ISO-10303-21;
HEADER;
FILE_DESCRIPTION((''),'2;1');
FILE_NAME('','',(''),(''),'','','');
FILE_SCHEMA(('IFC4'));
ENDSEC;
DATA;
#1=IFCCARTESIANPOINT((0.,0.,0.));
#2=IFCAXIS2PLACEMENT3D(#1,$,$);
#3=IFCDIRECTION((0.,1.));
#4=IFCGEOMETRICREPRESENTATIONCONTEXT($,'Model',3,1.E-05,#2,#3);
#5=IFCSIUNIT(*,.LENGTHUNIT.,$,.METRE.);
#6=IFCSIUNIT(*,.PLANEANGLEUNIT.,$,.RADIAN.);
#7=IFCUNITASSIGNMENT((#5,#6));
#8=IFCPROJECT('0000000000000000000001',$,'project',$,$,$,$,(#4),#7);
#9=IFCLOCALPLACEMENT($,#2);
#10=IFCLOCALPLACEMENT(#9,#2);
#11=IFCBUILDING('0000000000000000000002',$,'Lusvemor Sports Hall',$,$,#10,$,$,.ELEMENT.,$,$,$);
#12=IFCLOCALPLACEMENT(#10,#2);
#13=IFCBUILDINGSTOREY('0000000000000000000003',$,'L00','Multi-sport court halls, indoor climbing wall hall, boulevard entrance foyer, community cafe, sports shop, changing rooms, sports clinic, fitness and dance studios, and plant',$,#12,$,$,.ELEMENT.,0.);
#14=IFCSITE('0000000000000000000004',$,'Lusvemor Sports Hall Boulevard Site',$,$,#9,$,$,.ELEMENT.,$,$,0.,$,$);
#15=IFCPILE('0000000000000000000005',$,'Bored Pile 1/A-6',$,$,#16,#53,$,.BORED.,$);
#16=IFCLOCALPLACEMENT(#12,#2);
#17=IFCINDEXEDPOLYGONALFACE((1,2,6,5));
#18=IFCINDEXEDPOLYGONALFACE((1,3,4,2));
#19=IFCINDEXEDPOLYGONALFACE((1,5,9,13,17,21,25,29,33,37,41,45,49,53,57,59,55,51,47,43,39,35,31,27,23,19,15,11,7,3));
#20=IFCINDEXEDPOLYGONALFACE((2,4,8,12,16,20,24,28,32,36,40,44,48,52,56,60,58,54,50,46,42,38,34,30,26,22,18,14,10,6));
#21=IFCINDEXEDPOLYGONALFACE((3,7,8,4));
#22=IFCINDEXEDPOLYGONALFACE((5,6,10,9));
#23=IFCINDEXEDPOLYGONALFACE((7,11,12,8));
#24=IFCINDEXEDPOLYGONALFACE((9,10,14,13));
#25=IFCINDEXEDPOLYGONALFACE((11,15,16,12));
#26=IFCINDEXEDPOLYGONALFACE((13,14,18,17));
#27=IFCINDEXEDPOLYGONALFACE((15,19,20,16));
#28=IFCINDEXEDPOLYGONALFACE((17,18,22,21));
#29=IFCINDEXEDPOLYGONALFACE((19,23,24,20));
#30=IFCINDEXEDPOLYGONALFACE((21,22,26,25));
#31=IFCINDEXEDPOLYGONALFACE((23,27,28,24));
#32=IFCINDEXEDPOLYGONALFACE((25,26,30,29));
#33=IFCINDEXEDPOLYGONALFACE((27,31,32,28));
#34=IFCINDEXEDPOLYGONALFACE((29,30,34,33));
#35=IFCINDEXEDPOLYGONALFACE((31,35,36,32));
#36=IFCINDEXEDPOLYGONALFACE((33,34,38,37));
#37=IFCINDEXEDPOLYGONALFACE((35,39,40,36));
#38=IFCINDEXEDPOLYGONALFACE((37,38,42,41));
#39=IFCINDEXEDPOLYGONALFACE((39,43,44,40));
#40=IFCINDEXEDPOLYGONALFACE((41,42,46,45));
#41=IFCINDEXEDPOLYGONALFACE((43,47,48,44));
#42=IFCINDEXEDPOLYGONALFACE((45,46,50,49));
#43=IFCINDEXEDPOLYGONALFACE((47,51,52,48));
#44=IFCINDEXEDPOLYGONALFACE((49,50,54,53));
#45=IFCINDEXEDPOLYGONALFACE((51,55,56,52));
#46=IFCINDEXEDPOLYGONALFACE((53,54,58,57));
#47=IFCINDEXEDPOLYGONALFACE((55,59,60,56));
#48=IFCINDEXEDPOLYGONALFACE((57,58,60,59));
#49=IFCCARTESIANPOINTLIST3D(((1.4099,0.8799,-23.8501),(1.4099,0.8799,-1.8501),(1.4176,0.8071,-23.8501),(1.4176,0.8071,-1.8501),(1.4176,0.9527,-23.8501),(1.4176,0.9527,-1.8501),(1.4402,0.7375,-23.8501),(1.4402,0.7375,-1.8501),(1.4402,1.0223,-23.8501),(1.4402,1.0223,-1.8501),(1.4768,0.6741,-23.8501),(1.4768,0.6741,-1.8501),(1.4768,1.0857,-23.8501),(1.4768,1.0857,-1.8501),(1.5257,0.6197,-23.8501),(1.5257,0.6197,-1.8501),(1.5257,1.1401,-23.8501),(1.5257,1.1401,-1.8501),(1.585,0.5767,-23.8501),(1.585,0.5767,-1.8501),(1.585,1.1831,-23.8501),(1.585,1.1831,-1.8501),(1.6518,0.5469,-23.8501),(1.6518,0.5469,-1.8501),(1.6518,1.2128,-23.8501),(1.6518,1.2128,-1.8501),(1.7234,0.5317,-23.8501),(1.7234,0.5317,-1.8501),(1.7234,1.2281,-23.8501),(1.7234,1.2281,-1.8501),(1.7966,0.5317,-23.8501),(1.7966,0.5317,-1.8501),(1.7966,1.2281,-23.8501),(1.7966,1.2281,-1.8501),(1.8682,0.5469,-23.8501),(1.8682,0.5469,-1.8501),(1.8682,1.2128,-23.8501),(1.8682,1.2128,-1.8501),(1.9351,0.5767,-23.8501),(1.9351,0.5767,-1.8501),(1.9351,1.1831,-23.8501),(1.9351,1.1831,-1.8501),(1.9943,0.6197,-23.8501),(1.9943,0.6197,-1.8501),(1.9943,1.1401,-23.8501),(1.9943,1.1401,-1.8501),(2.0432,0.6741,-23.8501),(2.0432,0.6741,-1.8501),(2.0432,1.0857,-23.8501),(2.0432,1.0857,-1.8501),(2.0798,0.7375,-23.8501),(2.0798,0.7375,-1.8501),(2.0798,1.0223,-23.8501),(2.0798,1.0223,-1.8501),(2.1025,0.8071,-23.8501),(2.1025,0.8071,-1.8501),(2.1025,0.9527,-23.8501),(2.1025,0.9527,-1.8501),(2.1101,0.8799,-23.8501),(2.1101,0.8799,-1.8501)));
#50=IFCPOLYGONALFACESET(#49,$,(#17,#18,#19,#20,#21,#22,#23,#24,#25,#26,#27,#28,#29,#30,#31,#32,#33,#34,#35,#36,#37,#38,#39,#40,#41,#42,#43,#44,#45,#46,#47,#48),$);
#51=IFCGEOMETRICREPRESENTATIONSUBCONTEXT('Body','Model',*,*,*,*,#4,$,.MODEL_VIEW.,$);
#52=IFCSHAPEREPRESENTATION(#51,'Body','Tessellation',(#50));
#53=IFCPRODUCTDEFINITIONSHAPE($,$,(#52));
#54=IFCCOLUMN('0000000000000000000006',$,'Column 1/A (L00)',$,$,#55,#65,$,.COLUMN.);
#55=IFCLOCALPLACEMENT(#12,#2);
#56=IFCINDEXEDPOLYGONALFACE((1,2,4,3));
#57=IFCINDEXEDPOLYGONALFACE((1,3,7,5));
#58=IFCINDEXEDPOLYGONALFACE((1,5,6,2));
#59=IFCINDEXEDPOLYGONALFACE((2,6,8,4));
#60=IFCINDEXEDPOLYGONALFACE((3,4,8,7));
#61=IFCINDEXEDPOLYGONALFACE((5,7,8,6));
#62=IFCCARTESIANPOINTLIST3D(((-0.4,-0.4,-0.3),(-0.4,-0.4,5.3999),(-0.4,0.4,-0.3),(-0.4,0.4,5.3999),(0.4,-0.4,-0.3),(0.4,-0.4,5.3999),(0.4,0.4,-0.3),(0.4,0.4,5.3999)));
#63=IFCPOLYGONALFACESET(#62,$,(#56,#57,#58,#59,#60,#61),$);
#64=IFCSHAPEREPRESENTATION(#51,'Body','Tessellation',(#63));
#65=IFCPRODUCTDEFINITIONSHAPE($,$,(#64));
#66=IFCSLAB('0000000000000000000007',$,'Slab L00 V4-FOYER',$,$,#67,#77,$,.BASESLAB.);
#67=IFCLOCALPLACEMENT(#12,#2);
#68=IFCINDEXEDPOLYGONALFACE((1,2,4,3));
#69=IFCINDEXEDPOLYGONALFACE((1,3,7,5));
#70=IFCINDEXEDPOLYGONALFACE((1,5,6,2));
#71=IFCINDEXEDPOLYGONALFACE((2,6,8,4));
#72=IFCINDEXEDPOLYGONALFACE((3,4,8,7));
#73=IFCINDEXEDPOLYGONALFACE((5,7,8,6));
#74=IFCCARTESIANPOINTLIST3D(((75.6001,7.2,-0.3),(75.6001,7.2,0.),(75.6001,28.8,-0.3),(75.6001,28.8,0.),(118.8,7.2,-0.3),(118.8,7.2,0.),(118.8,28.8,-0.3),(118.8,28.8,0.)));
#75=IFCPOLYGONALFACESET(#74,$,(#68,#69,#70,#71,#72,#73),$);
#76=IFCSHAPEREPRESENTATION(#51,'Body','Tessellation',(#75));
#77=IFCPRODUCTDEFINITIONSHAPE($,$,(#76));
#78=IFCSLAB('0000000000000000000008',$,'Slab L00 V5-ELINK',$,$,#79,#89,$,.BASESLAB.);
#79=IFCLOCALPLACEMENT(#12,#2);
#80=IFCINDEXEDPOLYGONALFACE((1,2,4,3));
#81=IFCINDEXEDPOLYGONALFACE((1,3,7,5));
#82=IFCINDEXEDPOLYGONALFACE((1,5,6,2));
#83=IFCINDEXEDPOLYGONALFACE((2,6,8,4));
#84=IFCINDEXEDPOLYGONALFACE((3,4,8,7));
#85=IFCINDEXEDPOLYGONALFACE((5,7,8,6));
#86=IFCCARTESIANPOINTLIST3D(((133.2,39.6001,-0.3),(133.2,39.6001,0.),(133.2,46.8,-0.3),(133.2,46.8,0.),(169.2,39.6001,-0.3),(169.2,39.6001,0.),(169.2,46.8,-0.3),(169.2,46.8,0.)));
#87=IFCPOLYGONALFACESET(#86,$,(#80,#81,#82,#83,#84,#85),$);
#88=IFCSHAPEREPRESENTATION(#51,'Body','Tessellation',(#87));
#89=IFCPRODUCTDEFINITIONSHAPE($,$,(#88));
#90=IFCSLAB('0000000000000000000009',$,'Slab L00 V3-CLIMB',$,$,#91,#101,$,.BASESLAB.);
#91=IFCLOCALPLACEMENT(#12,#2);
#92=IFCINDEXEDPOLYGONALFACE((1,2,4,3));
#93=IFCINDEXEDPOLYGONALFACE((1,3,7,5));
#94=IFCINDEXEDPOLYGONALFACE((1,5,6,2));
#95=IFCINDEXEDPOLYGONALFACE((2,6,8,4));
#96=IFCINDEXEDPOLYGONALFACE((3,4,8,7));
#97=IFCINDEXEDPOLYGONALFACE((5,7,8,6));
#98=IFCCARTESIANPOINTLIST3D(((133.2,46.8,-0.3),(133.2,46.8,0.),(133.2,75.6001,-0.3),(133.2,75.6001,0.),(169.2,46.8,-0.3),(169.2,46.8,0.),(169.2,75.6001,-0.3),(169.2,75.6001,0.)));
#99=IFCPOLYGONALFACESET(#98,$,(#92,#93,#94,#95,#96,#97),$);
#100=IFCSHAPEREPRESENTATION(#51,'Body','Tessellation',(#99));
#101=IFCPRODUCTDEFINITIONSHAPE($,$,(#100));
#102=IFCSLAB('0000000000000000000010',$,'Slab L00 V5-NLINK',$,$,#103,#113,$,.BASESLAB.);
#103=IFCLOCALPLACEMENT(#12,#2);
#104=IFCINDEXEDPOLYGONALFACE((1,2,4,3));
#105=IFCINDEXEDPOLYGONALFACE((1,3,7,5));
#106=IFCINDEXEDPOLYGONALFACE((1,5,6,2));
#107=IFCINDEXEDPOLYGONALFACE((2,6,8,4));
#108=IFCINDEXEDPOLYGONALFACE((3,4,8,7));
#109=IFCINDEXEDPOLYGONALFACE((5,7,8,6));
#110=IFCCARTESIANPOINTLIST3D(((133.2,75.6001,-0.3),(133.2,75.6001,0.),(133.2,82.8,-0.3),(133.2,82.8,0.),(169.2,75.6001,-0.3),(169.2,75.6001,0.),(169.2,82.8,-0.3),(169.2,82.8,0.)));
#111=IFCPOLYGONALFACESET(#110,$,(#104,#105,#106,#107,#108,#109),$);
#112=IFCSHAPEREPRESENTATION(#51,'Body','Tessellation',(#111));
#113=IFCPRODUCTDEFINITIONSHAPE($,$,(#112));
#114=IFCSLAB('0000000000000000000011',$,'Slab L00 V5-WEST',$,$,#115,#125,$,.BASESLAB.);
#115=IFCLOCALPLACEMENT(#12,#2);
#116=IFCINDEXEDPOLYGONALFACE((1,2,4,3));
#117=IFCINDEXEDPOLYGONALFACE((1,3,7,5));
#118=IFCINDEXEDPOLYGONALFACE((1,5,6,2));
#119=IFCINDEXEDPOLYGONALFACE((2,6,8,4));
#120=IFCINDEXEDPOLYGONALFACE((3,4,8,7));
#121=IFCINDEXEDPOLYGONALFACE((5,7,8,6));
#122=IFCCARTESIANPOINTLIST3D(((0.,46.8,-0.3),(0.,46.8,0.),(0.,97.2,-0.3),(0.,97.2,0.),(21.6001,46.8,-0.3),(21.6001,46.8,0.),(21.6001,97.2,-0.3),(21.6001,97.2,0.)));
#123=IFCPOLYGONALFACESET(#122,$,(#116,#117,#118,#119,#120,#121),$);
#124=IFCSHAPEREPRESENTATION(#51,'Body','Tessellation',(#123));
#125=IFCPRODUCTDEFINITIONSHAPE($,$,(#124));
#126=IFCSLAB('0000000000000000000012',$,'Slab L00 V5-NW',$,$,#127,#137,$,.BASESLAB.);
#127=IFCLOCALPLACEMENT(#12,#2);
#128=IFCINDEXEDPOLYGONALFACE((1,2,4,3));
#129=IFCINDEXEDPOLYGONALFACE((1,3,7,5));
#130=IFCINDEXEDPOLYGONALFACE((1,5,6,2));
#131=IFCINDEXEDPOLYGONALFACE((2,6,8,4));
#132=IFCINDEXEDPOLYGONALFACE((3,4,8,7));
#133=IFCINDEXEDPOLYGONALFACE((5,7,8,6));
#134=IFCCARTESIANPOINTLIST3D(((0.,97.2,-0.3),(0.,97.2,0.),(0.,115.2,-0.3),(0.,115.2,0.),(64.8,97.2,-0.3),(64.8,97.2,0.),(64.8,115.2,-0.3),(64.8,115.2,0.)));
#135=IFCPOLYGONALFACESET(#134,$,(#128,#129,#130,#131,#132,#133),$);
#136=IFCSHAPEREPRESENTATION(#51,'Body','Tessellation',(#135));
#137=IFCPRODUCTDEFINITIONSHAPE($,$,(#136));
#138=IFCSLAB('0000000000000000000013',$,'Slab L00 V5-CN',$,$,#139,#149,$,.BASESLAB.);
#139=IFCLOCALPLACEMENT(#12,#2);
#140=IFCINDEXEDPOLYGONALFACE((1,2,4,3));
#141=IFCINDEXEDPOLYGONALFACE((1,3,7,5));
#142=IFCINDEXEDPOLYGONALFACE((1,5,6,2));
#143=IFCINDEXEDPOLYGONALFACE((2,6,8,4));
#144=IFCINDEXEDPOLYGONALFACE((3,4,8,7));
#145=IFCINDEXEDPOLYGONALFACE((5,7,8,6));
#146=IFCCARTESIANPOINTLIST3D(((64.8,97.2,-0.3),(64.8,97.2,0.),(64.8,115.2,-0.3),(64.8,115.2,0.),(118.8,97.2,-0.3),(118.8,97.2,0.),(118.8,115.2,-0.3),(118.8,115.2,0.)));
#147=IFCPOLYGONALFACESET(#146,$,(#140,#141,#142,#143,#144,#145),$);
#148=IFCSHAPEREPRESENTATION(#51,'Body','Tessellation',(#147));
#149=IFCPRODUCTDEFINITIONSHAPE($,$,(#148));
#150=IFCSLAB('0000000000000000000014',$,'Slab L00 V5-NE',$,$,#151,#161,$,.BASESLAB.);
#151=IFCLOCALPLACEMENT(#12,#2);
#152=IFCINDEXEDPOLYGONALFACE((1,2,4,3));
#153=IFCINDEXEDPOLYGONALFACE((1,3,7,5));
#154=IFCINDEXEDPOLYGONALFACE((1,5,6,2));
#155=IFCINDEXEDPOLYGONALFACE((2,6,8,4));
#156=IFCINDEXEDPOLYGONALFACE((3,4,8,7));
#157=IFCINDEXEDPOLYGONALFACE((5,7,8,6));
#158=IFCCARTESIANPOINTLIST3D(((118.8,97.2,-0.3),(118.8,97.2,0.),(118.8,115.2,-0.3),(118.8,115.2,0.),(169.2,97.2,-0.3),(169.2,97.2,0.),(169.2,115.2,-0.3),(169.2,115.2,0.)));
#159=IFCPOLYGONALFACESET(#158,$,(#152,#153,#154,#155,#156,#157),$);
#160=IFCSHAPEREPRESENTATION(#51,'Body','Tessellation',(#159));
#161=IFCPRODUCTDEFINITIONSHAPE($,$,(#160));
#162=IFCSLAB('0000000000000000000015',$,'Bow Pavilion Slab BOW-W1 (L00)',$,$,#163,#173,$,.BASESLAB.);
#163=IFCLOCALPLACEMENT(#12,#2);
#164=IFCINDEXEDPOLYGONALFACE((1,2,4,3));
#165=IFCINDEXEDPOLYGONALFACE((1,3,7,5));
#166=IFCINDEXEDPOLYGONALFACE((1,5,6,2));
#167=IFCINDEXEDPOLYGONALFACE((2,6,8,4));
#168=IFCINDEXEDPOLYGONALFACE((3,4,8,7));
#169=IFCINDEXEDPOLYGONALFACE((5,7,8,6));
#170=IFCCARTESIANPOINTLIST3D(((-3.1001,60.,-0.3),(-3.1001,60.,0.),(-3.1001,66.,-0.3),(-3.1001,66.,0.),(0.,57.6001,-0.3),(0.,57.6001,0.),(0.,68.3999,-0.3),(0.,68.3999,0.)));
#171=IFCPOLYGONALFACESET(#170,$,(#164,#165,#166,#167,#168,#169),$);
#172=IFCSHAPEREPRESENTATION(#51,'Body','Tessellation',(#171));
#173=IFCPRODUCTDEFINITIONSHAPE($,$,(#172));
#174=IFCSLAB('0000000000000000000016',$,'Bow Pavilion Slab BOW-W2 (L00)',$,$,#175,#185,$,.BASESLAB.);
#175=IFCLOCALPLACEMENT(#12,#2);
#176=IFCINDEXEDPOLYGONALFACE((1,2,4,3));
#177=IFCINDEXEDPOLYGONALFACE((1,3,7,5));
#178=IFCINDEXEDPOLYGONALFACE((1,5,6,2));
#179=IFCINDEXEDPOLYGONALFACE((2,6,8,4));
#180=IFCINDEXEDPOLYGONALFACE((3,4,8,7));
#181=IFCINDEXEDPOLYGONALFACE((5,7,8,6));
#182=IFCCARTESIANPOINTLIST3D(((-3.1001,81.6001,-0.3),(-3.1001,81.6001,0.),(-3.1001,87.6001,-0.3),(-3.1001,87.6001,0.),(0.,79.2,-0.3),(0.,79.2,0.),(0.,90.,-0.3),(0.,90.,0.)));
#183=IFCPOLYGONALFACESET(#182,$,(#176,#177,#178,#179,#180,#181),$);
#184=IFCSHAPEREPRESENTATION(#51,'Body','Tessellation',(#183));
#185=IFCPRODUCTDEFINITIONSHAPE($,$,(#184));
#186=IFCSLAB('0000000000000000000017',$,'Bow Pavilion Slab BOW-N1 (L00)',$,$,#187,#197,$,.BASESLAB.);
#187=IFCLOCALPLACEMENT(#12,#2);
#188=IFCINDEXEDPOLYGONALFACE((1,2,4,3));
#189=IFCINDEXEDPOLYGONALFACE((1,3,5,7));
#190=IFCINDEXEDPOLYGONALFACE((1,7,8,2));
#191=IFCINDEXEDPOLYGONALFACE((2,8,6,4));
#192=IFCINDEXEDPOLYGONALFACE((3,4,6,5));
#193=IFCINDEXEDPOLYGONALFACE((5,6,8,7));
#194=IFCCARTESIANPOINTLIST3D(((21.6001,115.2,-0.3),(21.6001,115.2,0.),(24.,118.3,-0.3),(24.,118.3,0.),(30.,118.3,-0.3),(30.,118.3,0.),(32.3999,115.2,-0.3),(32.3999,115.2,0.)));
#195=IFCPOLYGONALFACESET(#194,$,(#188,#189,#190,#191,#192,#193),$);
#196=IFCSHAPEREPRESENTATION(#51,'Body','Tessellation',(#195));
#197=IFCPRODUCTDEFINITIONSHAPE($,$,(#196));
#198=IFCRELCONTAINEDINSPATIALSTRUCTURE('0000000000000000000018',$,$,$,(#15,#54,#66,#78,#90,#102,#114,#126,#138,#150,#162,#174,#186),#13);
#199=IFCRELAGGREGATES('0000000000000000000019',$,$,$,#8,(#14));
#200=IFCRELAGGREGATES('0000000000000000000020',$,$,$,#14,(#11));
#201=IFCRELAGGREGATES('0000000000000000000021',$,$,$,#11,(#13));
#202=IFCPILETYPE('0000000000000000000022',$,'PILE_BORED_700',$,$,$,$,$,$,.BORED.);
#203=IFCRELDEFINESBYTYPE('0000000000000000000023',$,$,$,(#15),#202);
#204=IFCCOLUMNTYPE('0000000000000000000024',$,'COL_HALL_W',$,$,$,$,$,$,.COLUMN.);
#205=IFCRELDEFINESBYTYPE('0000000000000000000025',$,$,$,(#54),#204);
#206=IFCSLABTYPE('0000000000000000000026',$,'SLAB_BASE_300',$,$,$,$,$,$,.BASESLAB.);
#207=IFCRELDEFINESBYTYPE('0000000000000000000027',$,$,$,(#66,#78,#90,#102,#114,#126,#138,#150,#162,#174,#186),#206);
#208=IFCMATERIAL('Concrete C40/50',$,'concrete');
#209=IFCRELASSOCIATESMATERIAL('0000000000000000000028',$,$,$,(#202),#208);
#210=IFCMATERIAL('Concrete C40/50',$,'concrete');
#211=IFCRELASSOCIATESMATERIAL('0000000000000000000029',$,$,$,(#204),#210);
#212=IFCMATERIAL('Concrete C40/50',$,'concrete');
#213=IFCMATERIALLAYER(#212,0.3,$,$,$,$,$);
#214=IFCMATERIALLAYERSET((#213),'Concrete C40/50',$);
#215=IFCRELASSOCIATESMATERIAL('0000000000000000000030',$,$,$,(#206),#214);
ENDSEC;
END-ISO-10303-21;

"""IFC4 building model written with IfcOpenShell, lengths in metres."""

from ifc_helpers import new_model, si_unit, direction, frame, origin, origin_2d, place, context, subcontext, project, spatial, polyline, rectangle, circle, outline, extrude, material, layer, layer_set, material_profile, profile_set, type_object, element, save


model = new_model("IFC4")

# Units and contexts
model_context = context("Model", 3, precision=1e-05, world=origin(), true_north=direction((0.0, 1.0)))
body_context = subcontext(model_context, "Body", "Model", "MODEL_VIEW")
ifc_project = project(units=[si_unit("LENGTHUNIT", "METRE"), si_unit("PLANEANGLEUNIT", "RADIAN")], contexts=[model_context])

# Site, building, storey
site_placement = place(None, origin())
site = spatial("IfcSite", under=ifc_project, at=site_placement, Name="Lusvemor Sports Hall Boulevard Site", CompositionType="ELEMENT", RefElevation=0.0)
building_placement = place(site_placement, origin())
building = spatial("IfcBuilding", under=site, at=building_placement, Name="Lusvemor Sports Hall", CompositionType="ELEMENT")
storey_placement = place(building_placement, origin())
storey = spatial("IfcBuildingStorey", under=building, at=storey_placement, Name="L00", Description="Multi-sport court halls, indoor climbing wall hall, boulevard entrance foyer, community cafe, sports shop, changing rooms, sports clinic, fitness and dance studios, and plant", CompositionType="ELEMENT", Elevation=0.0)

# Pile
ifc_material_1 = material(Name="Concrete C40/50", Category="concrete")
ifc_material_profile_1 = material_profile(ifc_material_1, circle(Radius=0.3501, at=origin_2d()), Name="PILE700")
ifc_profile_set_1 = profile_set([ifc_material_profile_1], Name="Concrete C40/50")
pile_type = type_object("IfcPileType", Name="PILE_BORED_700", PredefinedType="BORED", material=ifc_profile_set_1)
for number, where, z_axis, x_axis, name in (
    (1, (1.76, 0.8799, -1.8501), (0.0, 0.0, -1.0), (1.0, 0.0, 0.0), "Bored Pile 1/A-6"),
):
    element("IfcPile", number, at=place(storey_placement, frame(where, z_axis=z_axis, x_axis=x_axis)), inside=storey, type_object=pile_type, Name=name, PredefinedType="BORED", context=body_context, shape_type="SweptSolid", body=[
        extrude(circle(Radius=0.3501, at=origin_2d()), origin(), (0.0, 0.0, 1.0), 22.0),
    ])

# Column
ifc_material_2 = material(Name="Concrete C40/50", Category="concrete")
ifc_material_profile_2 = material_profile(ifc_material_2, rectangle(XDim=0.8, YDim=0.8, at=origin_2d()), Name="RC800x800")
ifc_profile_set_2 = profile_set([ifc_material_profile_2], Name="Concrete C40/50")
column_type = type_object("IfcColumnType", Name="COL_HALL_W", PredefinedType="COLUMN", material=ifc_profile_set_2)
column_placement = place(storey_placement, frame((0.0, 0.0, -0.3), z_axis=(0.0, 0.0, 1.0), x_axis=(1.0, 0.0, 0.0)))
element("IfcColumn", 2, at=column_placement, inside=storey, type_object=column_type, Name="Column 1/A (L00)", PredefinedType="COLUMN", context=body_context, shape_type="SweptSolid", body=[
    extrude(rectangle(XDim=0.8, YDim=0.8, at=origin_2d()), origin(), (0.0, 0.0, 1.0), 5.7),
])

# Slabs
ifc_material_3 = material(Name="Concrete C40/50", Category="concrete")
ifc_layer_1 = layer(ifc_material_3, 0.3)
ifc_layer_set_1 = layer_set([ifc_layer_1], Name="Concrete C40/50")
slab_type_1 = type_object("IfcSlabType", Name="SLAB_BASE_300", PredefinedType="BASESLAB", material=ifc_layer_set_1)
slab_1_placement = place(storey_placement, frame((0.0, 0.0, -0.3)))
element("IfcSlab", 3, at=slab_1_placement, inside=storey, type_object=slab_type_1, Name="Slab L00 V4-FOYER", PredefinedType="BASESLAB", context=body_context, shape_type="SweptSolid", body=[
    extrude(outline(polyline([(75.6001, 7.2), (118.8, 7.2), (118.8, 28.8), (75.6001, 28.8), (75.6001, 7.2)])), origin(), (0.0, 0.0, 1.0), 0.3),
])
slab_2_placement = place(storey_placement, frame((0.0, 0.0, -0.3)))
element("IfcSlab", 4, at=slab_2_placement, inside=storey, type_object=slab_type_1, Name="Slab L00 V5-ELINK", PredefinedType="BASESLAB", context=body_context, shape_type="SweptSolid", body=[
    extrude(outline(polyline([(133.2, 39.6001), (169.2, 39.6001), (169.2, 46.8), (133.2, 46.8), (133.2, 39.6001)])), origin(), (0.0, 0.0, 1.0), 0.3),
])
slab_3_placement = place(storey_placement, frame((0.0, 0.0, -0.3)))
element("IfcSlab", 5, at=slab_3_placement, inside=storey, type_object=slab_type_1, Name="Slab L00 V3-CLIMB", PredefinedType="BASESLAB", context=body_context, shape_type="SweptSolid", body=[
    extrude(outline(polyline([(133.2, 46.8), (169.2, 46.8), (169.2, 75.6001), (133.2, 75.6001), (133.2, 46.8)])), origin(), (0.0, 0.0, 1.0), 0.3),
])
slab_4_placement = place(storey_placement, frame((0.0, 0.0, -0.3)))
element("IfcSlab", 6, at=slab_4_placement, inside=storey, type_object=slab_type_1, Name="Slab L00 V5-NLINK", PredefinedType="BASESLAB", context=body_context, shape_type="SweptSolid", body=[
    extrude(outline(polyline([(133.2, 75.6001), (169.2, 75.6001), (169.2, 82.8), (133.2, 82.8), (133.2, 75.6001)])), origin(), (0.0, 0.0, 1.0), 0.3),
])
slab_5_placement = place(storey_placement, frame((0.0, 0.0, -0.3)))
element("IfcSlab", 7, at=slab_5_placement, inside=storey, type_object=slab_type_1, Name="Slab L00 V5-WEST", PredefinedType="BASESLAB", context=body_context, shape_type="SweptSolid", body=[
    extrude(outline(polyline([(0.0, 46.8), (21.6001, 46.8), (21.6001, 97.2), (0.0, 97.2), (0.0, 46.8)])), origin(), (0.0, 0.0, 1.0), 0.3),
])
slab_6_placement = place(storey_placement, frame((0.0, 0.0, -0.3)))
element("IfcSlab", 8, at=slab_6_placement, inside=storey, type_object=slab_type_1, Name="Slab L00 V5-NW", PredefinedType="BASESLAB", context=body_context, shape_type="SweptSolid", body=[
    extrude(outline(polyline([(0.0, 97.2), (64.8, 97.2), (64.8, 115.2), (0.0, 115.2), (0.0, 97.2)])), origin(), (0.0, 0.0, 1.0), 0.3),
])
slab_7_placement = place(storey_placement, frame((0.0, 0.0, -0.3)))
element("IfcSlab", 9, at=slab_7_placement, inside=storey, type_object=slab_type_1, Name="Slab L00 V5-CN", PredefinedType="BASESLAB", context=body_context, shape_type="SweptSolid", body=[
    extrude(outline(polyline([(64.8, 97.2), (118.8, 97.2), (118.8, 115.2), (64.8, 115.2), (64.8, 97.2)])), origin(), (0.0, 0.0, 1.0), 0.3),
])
slab_8_placement = place(storey_placement, frame((0.0, 0.0, -0.3)))
element("IfcSlab", 10, at=slab_8_placement, inside=storey, type_object=slab_type_1, Name="Slab L00 V5-NE", PredefinedType="BASESLAB", context=body_context, shape_type="SweptSolid", body=[
    extrude(outline(polyline([(118.8, 97.2), (169.2, 97.2), (169.2, 115.2), (118.8, 115.2), (118.8, 97.2)])), origin(), (0.0, 0.0, 1.0), 0.3),
])
slab_9_placement = place(storey_placement, frame((0.0, 0.0, -0.3)))
element("IfcSlab", 11, at=slab_9_placement, inside=storey, type_object=slab_type_1, Name="Bow Pavilion Slab BOW-W1 (L00)", PredefinedType="BASESLAB", context=body_context, shape_type="SweptSolid", body=[
    extrude(outline(polyline([(0.0, 57.6001), (-3.1001, 60.0), (-3.1001, 66.0), (0.0, 68.3999), (0.0, 57.6001)])), origin(), (0.0, 0.0, 1.0), 0.3),
])
slab_10_placement = place(storey_placement, frame((0.0, 0.0, -0.3)))
element("IfcSlab", 12, at=slab_10_placement, inside=storey, type_object=slab_type_1, Name="Bow Pavilion Slab BOW-W2 (L00)", PredefinedType="BASESLAB", context=body_context, shape_type="SweptSolid", body=[
    extrude(outline(polyline([(0.0, 79.2), (-3.1001, 81.6001), (-3.1001, 87.6001), (0.0, 90.0), (0.0, 79.2)])), origin(), (0.0, 0.0, 1.0), 0.3),
])
slab_11_placement = place(storey_placement, frame((0.0, 0.0, -0.3)))
element("IfcSlab", 13, at=slab_11_placement, inside=storey, type_object=slab_type_1, Name="Bow Pavilion Slab BOW-N1 (L00)", PredefinedType="BASESLAB", context=body_context, shape_type="SweptSolid", body=[
    extrude(outline(polyline([(21.6001, 115.2), (24.0, 118.3), (30.0, 118.3), (32.3999, 115.2), (21.6001, 115.2)])), origin(), (0.0, 0.0, 1.0), 0.3),
])

save(model, "model.ifc")
